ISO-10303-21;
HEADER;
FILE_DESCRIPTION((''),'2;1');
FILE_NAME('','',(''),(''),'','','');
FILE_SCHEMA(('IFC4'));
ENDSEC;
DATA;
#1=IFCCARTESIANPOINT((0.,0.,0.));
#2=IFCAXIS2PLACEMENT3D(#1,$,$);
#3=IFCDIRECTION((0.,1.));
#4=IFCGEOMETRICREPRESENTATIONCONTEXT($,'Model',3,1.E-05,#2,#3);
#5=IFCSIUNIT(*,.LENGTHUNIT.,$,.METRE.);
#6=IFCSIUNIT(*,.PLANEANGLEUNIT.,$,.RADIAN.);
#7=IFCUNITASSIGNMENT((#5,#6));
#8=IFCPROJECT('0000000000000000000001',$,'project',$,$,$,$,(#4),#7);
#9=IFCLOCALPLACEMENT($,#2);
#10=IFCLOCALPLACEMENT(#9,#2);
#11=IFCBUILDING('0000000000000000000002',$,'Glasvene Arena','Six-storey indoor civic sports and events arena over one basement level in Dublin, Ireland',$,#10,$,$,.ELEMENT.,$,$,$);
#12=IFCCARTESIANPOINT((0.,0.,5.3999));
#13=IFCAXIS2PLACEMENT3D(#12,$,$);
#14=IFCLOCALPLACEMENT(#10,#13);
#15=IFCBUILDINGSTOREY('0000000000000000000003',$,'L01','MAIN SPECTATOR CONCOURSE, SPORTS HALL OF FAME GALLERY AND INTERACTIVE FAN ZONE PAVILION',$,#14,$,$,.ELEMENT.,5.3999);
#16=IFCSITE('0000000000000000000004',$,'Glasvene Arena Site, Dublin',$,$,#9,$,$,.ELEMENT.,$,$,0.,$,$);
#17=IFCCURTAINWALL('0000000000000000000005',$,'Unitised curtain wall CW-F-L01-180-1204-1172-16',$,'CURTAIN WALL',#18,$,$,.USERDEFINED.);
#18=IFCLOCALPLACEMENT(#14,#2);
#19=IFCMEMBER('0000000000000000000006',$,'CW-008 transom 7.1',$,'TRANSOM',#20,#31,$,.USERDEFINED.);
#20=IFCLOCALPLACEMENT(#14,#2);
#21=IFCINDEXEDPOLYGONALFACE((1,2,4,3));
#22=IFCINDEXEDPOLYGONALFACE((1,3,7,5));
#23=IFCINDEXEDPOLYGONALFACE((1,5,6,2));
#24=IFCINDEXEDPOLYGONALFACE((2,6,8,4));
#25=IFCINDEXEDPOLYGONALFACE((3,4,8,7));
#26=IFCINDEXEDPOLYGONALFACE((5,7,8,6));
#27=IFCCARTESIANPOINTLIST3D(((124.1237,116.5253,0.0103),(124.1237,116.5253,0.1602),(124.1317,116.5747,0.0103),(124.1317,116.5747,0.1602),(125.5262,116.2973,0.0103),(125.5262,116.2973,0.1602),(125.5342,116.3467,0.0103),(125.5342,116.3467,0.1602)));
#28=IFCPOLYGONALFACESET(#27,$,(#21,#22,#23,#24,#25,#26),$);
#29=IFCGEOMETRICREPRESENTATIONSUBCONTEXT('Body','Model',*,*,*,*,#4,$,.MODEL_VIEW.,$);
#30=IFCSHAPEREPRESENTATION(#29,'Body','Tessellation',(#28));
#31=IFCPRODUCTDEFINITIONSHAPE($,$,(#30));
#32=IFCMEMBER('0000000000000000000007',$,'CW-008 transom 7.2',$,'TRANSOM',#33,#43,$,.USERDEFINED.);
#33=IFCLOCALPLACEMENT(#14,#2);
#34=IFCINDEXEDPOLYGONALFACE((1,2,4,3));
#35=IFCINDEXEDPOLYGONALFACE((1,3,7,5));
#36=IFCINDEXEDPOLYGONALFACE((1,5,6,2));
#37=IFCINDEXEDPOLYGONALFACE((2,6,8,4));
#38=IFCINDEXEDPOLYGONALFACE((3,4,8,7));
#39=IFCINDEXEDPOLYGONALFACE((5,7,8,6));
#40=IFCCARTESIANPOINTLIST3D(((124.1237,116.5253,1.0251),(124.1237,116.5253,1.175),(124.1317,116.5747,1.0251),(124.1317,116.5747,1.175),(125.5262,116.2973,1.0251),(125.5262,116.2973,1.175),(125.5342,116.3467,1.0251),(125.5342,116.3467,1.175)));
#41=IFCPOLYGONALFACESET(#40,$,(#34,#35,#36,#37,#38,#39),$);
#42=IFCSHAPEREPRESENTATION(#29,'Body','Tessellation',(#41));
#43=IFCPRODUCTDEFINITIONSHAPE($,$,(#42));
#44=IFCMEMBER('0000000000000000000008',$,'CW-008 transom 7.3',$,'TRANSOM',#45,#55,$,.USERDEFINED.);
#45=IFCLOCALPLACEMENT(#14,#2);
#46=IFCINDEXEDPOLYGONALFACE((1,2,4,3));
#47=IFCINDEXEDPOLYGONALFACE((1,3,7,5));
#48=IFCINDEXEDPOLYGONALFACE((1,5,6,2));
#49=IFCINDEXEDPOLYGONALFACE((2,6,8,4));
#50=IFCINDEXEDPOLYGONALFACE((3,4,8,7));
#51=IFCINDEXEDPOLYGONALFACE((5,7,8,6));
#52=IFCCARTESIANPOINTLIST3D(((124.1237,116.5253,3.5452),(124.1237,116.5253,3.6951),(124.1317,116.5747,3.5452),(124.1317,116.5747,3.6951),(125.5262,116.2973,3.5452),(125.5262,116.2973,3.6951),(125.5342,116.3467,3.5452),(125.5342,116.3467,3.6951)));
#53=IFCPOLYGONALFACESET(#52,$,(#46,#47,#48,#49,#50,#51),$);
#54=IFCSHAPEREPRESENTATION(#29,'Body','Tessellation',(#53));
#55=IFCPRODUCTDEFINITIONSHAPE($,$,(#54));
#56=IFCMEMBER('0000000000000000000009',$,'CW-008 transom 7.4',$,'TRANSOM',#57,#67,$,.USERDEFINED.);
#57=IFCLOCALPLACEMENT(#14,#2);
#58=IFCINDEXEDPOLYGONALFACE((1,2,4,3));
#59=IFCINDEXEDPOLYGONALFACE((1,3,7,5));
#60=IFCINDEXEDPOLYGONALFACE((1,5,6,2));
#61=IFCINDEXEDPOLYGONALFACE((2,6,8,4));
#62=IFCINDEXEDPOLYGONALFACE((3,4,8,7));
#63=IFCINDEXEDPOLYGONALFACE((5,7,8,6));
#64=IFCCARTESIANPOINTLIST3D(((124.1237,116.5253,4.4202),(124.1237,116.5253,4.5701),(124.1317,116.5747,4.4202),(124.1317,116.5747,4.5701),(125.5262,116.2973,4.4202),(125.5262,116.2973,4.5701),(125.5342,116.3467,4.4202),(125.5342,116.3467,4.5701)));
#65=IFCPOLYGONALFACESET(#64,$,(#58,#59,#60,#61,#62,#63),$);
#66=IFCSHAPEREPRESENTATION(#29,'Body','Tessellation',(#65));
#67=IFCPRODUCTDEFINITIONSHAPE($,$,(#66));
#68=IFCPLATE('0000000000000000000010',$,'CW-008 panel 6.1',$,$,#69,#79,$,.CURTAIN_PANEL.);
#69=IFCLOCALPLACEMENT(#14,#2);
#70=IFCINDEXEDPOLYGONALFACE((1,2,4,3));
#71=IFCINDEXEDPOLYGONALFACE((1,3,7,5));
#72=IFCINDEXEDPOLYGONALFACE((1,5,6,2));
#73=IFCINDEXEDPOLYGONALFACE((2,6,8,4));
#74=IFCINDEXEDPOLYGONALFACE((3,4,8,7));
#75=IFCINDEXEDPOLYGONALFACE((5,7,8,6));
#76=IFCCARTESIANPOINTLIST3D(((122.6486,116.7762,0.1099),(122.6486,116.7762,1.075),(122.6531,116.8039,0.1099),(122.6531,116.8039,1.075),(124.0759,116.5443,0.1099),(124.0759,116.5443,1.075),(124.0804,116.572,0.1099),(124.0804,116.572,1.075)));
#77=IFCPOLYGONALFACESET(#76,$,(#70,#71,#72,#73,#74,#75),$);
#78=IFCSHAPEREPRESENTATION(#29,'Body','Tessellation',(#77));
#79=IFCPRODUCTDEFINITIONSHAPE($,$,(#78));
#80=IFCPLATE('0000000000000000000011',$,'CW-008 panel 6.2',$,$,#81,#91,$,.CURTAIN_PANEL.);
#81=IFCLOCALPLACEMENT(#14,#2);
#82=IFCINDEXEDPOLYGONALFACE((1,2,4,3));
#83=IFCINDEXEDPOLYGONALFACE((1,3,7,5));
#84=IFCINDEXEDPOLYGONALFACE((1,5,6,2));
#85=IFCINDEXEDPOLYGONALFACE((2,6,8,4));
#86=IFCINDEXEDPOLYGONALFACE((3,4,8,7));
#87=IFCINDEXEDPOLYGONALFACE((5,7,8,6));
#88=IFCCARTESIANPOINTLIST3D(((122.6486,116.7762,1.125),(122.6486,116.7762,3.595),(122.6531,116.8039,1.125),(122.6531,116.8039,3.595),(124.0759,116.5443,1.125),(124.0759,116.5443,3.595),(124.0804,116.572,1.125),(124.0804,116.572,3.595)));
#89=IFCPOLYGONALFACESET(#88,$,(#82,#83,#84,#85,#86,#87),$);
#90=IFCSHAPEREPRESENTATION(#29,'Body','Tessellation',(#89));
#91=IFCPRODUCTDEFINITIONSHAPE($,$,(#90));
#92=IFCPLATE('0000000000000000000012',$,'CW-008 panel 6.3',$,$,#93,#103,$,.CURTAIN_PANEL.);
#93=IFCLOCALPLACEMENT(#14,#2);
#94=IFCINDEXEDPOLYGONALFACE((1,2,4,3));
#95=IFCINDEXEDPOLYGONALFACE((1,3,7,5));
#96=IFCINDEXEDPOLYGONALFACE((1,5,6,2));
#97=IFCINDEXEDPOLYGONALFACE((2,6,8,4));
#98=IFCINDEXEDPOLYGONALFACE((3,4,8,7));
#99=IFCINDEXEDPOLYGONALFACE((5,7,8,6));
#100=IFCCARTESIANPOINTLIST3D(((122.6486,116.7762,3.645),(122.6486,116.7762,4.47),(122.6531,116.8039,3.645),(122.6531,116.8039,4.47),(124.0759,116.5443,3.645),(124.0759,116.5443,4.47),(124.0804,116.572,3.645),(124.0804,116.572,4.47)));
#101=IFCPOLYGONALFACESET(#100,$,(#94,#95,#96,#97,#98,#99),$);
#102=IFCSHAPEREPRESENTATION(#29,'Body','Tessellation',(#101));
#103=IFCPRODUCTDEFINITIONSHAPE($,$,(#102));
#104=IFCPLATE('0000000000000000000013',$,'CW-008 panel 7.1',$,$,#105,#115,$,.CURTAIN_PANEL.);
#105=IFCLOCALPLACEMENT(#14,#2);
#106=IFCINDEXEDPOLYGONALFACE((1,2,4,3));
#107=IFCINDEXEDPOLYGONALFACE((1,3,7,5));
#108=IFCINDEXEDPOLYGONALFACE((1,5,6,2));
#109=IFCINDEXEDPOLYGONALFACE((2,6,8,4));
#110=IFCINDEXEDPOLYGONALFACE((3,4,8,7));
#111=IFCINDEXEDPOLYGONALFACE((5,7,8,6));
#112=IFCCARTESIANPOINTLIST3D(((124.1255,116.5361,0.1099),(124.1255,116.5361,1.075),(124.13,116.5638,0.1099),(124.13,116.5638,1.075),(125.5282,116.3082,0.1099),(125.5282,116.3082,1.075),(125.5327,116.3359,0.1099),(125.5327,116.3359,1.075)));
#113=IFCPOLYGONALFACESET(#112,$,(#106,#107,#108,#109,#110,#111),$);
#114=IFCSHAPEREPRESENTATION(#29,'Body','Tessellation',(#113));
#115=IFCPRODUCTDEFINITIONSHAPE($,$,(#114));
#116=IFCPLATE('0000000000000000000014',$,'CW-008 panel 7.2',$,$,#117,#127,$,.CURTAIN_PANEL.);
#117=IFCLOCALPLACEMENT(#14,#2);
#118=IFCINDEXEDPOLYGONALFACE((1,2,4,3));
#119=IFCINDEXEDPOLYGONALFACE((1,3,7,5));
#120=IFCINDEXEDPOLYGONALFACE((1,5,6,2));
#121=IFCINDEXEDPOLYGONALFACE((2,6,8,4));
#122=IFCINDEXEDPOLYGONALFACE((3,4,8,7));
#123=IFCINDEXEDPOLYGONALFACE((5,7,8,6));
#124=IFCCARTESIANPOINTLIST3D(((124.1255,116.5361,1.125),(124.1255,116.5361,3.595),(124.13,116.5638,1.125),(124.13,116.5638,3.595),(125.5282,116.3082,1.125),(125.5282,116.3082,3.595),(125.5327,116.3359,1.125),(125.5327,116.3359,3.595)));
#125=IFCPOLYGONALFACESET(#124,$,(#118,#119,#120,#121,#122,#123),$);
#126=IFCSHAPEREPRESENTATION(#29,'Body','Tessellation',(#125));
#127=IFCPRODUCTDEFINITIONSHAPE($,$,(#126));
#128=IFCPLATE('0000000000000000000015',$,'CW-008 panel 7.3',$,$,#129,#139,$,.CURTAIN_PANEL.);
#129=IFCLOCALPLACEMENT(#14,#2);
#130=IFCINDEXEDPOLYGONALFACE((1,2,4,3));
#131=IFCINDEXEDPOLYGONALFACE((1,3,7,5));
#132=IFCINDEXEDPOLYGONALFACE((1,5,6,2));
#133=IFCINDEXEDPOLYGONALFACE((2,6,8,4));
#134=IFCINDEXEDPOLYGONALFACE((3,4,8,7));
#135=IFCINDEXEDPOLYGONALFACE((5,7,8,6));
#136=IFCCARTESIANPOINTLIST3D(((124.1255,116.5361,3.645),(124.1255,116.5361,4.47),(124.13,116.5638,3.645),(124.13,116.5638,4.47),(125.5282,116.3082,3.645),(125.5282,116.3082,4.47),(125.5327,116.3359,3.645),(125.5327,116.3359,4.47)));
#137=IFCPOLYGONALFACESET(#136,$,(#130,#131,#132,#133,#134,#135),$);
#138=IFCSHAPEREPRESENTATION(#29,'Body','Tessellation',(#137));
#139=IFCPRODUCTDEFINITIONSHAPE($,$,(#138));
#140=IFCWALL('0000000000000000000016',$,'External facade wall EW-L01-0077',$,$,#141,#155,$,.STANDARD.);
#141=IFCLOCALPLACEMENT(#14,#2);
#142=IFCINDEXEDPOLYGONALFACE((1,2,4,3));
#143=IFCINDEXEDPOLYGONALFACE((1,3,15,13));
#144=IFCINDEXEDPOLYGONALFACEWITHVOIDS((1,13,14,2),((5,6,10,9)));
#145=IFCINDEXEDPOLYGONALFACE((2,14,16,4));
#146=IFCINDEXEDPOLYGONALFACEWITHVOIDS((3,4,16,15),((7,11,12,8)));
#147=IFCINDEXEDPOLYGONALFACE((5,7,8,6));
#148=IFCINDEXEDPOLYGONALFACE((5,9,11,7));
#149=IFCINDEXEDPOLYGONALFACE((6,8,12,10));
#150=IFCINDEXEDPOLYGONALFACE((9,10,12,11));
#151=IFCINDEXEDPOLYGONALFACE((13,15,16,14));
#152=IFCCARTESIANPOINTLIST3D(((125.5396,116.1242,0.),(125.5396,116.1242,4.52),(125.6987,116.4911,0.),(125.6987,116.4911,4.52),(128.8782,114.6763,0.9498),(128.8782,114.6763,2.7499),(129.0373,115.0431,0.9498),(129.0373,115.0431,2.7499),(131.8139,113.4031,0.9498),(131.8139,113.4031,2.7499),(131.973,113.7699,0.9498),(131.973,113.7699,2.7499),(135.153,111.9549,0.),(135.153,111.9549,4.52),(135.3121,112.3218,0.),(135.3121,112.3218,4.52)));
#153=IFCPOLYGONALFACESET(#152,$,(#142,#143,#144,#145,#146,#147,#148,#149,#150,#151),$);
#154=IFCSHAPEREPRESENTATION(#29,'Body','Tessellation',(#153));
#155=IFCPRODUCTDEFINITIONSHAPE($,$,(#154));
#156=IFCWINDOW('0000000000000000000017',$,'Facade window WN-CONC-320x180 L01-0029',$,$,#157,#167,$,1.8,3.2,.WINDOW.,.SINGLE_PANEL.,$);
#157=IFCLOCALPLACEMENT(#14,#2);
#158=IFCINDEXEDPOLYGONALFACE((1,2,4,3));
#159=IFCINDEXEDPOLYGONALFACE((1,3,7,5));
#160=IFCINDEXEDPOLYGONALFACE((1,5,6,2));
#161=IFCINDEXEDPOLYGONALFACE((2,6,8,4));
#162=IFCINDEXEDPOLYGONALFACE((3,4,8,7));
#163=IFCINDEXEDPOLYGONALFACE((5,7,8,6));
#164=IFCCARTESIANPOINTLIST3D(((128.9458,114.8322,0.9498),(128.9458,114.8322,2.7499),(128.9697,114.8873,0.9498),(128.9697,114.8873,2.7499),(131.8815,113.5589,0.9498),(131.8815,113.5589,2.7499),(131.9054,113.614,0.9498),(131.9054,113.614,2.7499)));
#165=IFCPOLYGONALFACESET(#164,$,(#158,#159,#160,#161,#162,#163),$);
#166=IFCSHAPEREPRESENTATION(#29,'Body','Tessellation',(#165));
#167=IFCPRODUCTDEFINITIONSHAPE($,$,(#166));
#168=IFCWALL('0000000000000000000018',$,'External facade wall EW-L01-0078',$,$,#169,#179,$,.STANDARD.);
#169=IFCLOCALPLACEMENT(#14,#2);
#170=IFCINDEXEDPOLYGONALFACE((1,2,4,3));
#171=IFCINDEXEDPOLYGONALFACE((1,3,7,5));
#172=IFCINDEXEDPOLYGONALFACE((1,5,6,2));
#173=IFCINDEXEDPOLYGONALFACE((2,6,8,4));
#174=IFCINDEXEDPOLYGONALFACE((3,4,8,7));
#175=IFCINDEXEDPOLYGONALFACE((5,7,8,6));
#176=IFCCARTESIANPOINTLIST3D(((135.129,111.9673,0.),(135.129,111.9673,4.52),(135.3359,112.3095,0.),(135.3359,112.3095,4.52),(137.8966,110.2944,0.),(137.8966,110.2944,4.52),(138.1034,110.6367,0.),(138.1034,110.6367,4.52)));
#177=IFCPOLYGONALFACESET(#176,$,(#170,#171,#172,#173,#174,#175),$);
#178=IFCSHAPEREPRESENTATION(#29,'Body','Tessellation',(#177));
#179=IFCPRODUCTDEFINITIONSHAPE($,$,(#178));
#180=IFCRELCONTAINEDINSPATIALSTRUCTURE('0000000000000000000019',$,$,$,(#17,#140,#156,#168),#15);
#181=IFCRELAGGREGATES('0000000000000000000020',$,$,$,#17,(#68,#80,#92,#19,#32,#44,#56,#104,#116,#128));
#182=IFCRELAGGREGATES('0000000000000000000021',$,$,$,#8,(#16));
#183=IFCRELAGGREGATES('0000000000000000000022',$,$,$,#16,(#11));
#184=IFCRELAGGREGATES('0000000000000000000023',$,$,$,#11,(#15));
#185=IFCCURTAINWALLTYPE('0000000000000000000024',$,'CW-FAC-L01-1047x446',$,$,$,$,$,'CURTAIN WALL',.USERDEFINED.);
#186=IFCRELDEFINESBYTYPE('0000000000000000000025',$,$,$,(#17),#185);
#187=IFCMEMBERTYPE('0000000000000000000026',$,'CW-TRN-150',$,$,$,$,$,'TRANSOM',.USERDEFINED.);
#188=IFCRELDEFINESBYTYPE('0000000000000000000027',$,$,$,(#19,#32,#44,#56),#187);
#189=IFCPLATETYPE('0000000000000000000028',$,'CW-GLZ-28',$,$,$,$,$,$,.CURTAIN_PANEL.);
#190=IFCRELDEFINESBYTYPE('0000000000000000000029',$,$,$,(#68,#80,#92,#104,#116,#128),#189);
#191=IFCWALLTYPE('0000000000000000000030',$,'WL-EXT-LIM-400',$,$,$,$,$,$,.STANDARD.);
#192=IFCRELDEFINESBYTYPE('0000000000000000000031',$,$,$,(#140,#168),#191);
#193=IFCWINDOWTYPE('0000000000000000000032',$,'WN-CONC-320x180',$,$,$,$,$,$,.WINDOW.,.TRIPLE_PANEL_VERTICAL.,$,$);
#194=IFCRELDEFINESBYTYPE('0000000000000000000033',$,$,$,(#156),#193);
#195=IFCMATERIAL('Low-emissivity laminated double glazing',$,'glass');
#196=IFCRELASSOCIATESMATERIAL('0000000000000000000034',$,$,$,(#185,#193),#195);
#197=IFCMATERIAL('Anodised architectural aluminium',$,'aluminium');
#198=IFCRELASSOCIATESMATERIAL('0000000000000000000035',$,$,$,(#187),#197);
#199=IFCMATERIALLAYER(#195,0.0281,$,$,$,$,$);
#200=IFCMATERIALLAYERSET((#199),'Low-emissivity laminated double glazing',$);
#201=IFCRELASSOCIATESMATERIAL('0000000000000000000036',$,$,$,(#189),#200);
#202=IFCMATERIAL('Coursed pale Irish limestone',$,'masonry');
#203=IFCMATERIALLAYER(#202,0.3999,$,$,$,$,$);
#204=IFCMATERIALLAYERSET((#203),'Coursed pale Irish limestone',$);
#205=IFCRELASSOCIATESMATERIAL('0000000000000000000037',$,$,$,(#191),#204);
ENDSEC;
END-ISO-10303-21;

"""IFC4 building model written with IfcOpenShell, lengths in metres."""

from ifc_helpers import new_model, si_unit, direction, frame, frame_2d, origin, origin_2d, place, context, subcontext, project, spatial, rectangle, extrude, material, layer, layer_set, material_profile, profile_set, type_object, element, fill, aggregate, save


model = new_model("IFC4")

# Units and contexts
model_context = context("Model", 3, precision=1e-05, world=origin(), true_north=direction((0.0, 1.0)))
body_context = subcontext(model_context, "Body", "Model", "MODEL_VIEW")
ifc_project = project(units=[si_unit("LENGTHUNIT", "METRE"), si_unit("PLANEANGLEUNIT", "RADIAN")], contexts=[model_context])

# Site, building, storey
site_placement = place(None, origin())
site = spatial("IfcSite", under=ifc_project, at=site_placement, Name="Glasvene Arena Site, Dublin", CompositionType="ELEMENT", RefElevation=0.0)
building_placement = place(site_placement, origin())
building = spatial("IfcBuilding", under=site, at=building_placement, Name="Glasvene Arena", Description="Six-storey indoor civic sports and events arena over one basement level in Dublin, Ireland", CompositionType="ELEMENT")
storey_placement = place(building_placement, frame((0.0, 0.0, 5.3999)))
storey = spatial("IfcBuildingStorey", under=building, at=storey_placement, Name="L01", Description="MAIN SPECTATOR CONCOURSE, SPORTS HALL OF FAME GALLERY AND INTERACTIVE FAN ZONE PAVILION", CompositionType="ELEMENT", Elevation=5.3999)

# Curtain wall, members, plates
ifc_material_1 = material(Name="Low-emissivity laminated double glazing", Category="glass")
curtain_wall_type = type_object("IfcCurtainWallType", Name="CW-FAC-L01-1047x446", ElementType="CURTAIN WALL", PredefinedType="USERDEFINED", material=ifc_material_1)
curtain_wall_placement = place(storey_placement, frame((115.2424, 117.9937, 0.0)))
curtain_wall = element("IfcCurtainWall", 1, at=curtain_wall_placement, inside=storey, type_object=curtain_wall_type, Name="Unitised curtain wall CW-F-L01-180-1204-1172-16", ObjectType="CURTAIN WALL", PredefinedType="USERDEFINED")
ifc_material_2 = material(Name="Anodised architectural aluminium", Category="aluminium")
ifc_material_profile_1 = material_profile(ifc_material_2, rectangle(XDim=0.05, YDim=0.1499, at=origin_2d()), Name="ALU TRANSOM 50x150")
ifc_profile_set_1 = profile_set([ifc_material_profile_1], Name="Anodised architectural aluminium")
member_type_1 = type_object("IfcMemberType", Name="CW-TRN-150", ElementType="TRANSOM", PredefinedType="USERDEFINED", material=ifc_profile_set_1)
member_1_placement = place(storey_placement, frame((124.1277, 116.55, 0.0852), z_axis=(0.987041, -0.160469, 0.0), x_axis=(0.160469, 0.987041, 0.0)))
member_1 = element("IfcMember", 2, at=member_1_placement, type_object=member_type_1, Name="CW-008 transom 7.1", ObjectType="TRANSOM", PredefinedType="USERDEFINED", context=body_context, shape_type="SweptSolid", body=[
    extrude(rectangle(XDim=0.05, YDim=0.1499, at=origin_2d()), origin(), (0.0, 0.0, 1.0), 1.4209),
])
member_2_placement = place(storey_placement, frame((124.1277, 116.55, 1.1001), z_axis=(0.987041, -0.160469, 0.0), x_axis=(0.160469, 0.987041, 0.0)))
member_2 = element("IfcMember", 3, at=member_2_placement, type_object=member_type_1, Name="CW-008 transom 7.2", ObjectType="TRANSOM", PredefinedType="USERDEFINED", context=body_context, shape_type="SweptSolid", body=[
    extrude(rectangle(XDim=0.05, YDim=0.1499, at=origin_2d()), origin(), (0.0, 0.0, 1.0), 1.4209),
])
member_3_placement = place(storey_placement, frame((124.1277, 116.55, 3.6201), z_axis=(0.987041, -0.160469, 0.0), x_axis=(0.160469, 0.987041, 0.0)))
member_3 = element("IfcMember", 4, at=member_3_placement, type_object=member_type_1, Name="CW-008 transom 7.3", ObjectType="TRANSOM", PredefinedType="USERDEFINED", context=body_context, shape_type="SweptSolid", body=[
    extrude(rectangle(XDim=0.05, YDim=0.1499, at=origin_2d()), origin(), (0.0, 0.0, 1.0), 1.4209),
])
member_4_placement = place(storey_placement, frame((124.1277, 116.55, 4.4951), z_axis=(0.987041, -0.160469, 0.0), x_axis=(0.160469, 0.987041, 0.0)))
member_4 = element("IfcMember", 5, at=member_4_placement, type_object=member_type_1, Name="CW-008 transom 7.4", ObjectType="TRANSOM", PredefinedType="USERDEFINED", context=body_context, shape_type="SweptSolid", body=[
    extrude(rectangle(XDim=0.05, YDim=0.1499, at=origin_2d()), origin(), (0.0, 0.0, 1.0), 1.4209),
])
ifc_layer_1 = layer(ifc_material_1, 0.0281)
ifc_layer_set_1 = layer_set([ifc_layer_1], Name="Low-emissivity laminated double glazing")
plate_type = type_object("IfcPlateType", Name="CW-GLZ-28", PredefinedType="CURTAIN_PANEL", material=ifc_layer_set_1)
plate_1_placement = place(storey_placement, frame((123.3645, 116.6741, 0.1099), z_axis=(0.0, 0.0, 1.0), x_axis=(0.987057, -0.160367, 0.0)))
plate_1 = element("IfcPlate", 6, at=plate_1_placement, type_object=plate_type, Name="CW-008 panel 6.1", PredefinedType="CURTAIN_PANEL", context=body_context, shape_type="SweptSolid", body=[
    extrude(rectangle(XDim=1.446, YDim=0.0281, at=origin_2d()), origin(), (0.0, 0.0, 1.0), 0.9651),
])
plate_2_placement = place(storey_placement, frame((123.3645, 116.6741, 1.125), z_axis=(0.0, 0.0, 1.0), x_axis=(0.987057, -0.160367, 0.0)))
plate_2 = element("IfcPlate", 7, at=plate_2_placement, type_object=plate_type, Name="CW-008 panel 6.2", PredefinedType="CURTAIN_PANEL", context=body_context, shape_type="SweptSolid", body=[
    extrude(rectangle(XDim=1.446, YDim=0.0281, at=origin_2d()), origin(), (0.0, 0.0, 1.0), 2.47),
])
plate_3_placement = place(storey_placement, frame((123.3645, 116.6741, 3.645), z_axis=(0.0, 0.0, 1.0), x_axis=(0.987057, -0.160367, 0.0)))
plate_3 = element("IfcPlate", 8, at=plate_3_placement, type_object=plate_type, Name="CW-008 panel 6.3", PredefinedType="CURTAIN_PANEL", context=body_context, shape_type="SweptSolid", body=[
    extrude(rectangle(XDim=1.446, YDim=0.0281, at=origin_2d()), origin(), (0.0, 0.0, 1.0), 0.825),
])
plate_4_placement = place(storey_placement, frame((124.8291, 116.436, 0.1099), z_axis=(0.0, 0.0, 1.0), x_axis=(0.987057, -0.160367, 0.0)))
plate_4 = element("IfcPlate", 9, at=plate_4_placement, type_object=plate_type, Name="CW-008 panel 7.1", PredefinedType="CURTAIN_PANEL", context=body_context, shape_type="SweptSolid", body=[
    extrude(rectangle(XDim=1.4211, YDim=0.0281, at=origin_2d()), origin(), (0.0, 0.0, 1.0), 0.9651),
])
plate_5_placement = place(storey_placement, frame((124.8291, 116.436, 1.125), z_axis=(0.0, 0.0, 1.0), x_axis=(0.987057, -0.160367, 0.0)))
plate_5 = element("IfcPlate", 10, at=plate_5_placement, type_object=plate_type, Name="CW-008 panel 7.2", PredefinedType="CURTAIN_PANEL", context=body_context, shape_type="SweptSolid", body=[
    extrude(rectangle(XDim=1.4211, YDim=0.0281, at=origin_2d()), origin(), (0.0, 0.0, 1.0), 2.47),
])
plate_6_placement = place(storey_placement, frame((124.8291, 116.436, 3.645), z_axis=(0.0, 0.0, 1.0), x_axis=(0.987057, -0.160367, 0.0)))
plate_6 = element("IfcPlate", 11, at=plate_6_placement, type_object=plate_type, Name="CW-008 panel 7.3", PredefinedType="CURTAIN_PANEL", context=body_context, shape_type="SweptSolid", body=[
    extrude(rectangle(XDim=1.4211, YDim=0.0281, at=origin_2d()), origin(), (0.0, 0.0, 1.0), 0.825),
])
aggregate(curtain_wall, [plate_1, plate_2, plate_3, member_1, member_2, member_3, member_4, plate_4, plate_5, plate_6])

# Wall, opening, window
ifc_material_3 = material(Name="Coursed pale Irish limestone", Category="masonry")
ifc_layer_2 = layer(ifc_material_3, 0.3999)
ifc_layer_set_2 = layer_set([ifc_layer_2], Name="Coursed pale Irish limestone")
wall_type_1 = type_object("IfcWallType", Name="WL-EXT-LIM-400", PredefinedType="STANDARD", material=ifc_layer_set_2)
wall_1_placement = place(storey_placement, frame((125.6191, 116.3076, 0.0), z_axis=(0.0, 0.0, 1.0), x_axis=(0.917436, -0.397883, 0.0)))
wall_1 = element("IfcWall", 12, at=wall_1_placement, inside=storey, type_object=wall_type_1, Name="External facade wall EW-L01-0077", PredefinedType="STANDARD", context=body_context, shape_type="SweptSolid", body=[
    extrude(rectangle(XDim=10.4785, YDim=0.3999, at=frame_2d((5.2393, 0.0))), origin(), (0.0, 0.0, 1.0), 4.52),
])
opening_1_placement = place(wall_1_placement, frame((3.6389, 0.0, 0.95)))
opening_1 = element("IfcOpeningElement", 13, at=opening_1_placement, cuts=wall_1, PredefinedType="OPENING", context=body_context, shape_type="SweptSolid", body=[
    extrude(rectangle(XDim=3.2, YDim=1.8, at=frame_2d((1.6001, 0.8999))), frame((0.0, 0.21, 0.0), z_axis=(0.0, -1.0, 0.0), x_axis=(1.0, 0.0, 0.0)), (0.0, 0.0, 1.0), 0.4199),
])
window_type_1 = type_object("IfcWindowType", Name="WN-CONC-320x180", PartitioningType="TRIPLE_PANEL_VERTICAL", PredefinedType="WINDOW", material=ifc_material_1)
window_1_placement = place(opening_1_placement, origin())
window_1 = element("IfcWindow", 14, at=window_1_placement, inside=storey, type_object=window_type_1, Name="Facade window WN-CONC-320x180 L01-0029", OverallHeight=1.8, OverallWidth=3.2, PartitioningType="SINGLE_PANEL", PredefinedType="WINDOW", context=body_context, shape_type="SweptSolid", body=[
    extrude(rectangle(XDim=3.2, YDim=1.8, at=frame_2d((1.6001, 0.8999))), frame((0.0, 0.03, 0.0), z_axis=(0.0, -1.0, 0.0), x_axis=(1.0, 0.0, 0.0)), (0.0, 0.0, 1.0), 0.0601),
])
fill(opening_1, window_1)

# Wall
wall_2_placement = place(storey_placement, frame((135.2324, 112.1384, 0.0), z_axis=(0.0, 0.0, 1.0), x_axis=(0.85581, -0.517291, 0.0)))
element("IfcWall", 15, at=wall_2_placement, inside=storey, type_object=wall_type_1, Name="External facade wall EW-L01-0078", PredefinedType="STANDARD", context=body_context, shape_type="SweptSolid", body=[
    extrude(rectangle(XDim=3.2339, YDim=0.3999, at=frame_2d((1.6169, 0.0))), origin(), (0.0, 0.0, 1.0), 4.52),
])

save(model, "model.ifc")
